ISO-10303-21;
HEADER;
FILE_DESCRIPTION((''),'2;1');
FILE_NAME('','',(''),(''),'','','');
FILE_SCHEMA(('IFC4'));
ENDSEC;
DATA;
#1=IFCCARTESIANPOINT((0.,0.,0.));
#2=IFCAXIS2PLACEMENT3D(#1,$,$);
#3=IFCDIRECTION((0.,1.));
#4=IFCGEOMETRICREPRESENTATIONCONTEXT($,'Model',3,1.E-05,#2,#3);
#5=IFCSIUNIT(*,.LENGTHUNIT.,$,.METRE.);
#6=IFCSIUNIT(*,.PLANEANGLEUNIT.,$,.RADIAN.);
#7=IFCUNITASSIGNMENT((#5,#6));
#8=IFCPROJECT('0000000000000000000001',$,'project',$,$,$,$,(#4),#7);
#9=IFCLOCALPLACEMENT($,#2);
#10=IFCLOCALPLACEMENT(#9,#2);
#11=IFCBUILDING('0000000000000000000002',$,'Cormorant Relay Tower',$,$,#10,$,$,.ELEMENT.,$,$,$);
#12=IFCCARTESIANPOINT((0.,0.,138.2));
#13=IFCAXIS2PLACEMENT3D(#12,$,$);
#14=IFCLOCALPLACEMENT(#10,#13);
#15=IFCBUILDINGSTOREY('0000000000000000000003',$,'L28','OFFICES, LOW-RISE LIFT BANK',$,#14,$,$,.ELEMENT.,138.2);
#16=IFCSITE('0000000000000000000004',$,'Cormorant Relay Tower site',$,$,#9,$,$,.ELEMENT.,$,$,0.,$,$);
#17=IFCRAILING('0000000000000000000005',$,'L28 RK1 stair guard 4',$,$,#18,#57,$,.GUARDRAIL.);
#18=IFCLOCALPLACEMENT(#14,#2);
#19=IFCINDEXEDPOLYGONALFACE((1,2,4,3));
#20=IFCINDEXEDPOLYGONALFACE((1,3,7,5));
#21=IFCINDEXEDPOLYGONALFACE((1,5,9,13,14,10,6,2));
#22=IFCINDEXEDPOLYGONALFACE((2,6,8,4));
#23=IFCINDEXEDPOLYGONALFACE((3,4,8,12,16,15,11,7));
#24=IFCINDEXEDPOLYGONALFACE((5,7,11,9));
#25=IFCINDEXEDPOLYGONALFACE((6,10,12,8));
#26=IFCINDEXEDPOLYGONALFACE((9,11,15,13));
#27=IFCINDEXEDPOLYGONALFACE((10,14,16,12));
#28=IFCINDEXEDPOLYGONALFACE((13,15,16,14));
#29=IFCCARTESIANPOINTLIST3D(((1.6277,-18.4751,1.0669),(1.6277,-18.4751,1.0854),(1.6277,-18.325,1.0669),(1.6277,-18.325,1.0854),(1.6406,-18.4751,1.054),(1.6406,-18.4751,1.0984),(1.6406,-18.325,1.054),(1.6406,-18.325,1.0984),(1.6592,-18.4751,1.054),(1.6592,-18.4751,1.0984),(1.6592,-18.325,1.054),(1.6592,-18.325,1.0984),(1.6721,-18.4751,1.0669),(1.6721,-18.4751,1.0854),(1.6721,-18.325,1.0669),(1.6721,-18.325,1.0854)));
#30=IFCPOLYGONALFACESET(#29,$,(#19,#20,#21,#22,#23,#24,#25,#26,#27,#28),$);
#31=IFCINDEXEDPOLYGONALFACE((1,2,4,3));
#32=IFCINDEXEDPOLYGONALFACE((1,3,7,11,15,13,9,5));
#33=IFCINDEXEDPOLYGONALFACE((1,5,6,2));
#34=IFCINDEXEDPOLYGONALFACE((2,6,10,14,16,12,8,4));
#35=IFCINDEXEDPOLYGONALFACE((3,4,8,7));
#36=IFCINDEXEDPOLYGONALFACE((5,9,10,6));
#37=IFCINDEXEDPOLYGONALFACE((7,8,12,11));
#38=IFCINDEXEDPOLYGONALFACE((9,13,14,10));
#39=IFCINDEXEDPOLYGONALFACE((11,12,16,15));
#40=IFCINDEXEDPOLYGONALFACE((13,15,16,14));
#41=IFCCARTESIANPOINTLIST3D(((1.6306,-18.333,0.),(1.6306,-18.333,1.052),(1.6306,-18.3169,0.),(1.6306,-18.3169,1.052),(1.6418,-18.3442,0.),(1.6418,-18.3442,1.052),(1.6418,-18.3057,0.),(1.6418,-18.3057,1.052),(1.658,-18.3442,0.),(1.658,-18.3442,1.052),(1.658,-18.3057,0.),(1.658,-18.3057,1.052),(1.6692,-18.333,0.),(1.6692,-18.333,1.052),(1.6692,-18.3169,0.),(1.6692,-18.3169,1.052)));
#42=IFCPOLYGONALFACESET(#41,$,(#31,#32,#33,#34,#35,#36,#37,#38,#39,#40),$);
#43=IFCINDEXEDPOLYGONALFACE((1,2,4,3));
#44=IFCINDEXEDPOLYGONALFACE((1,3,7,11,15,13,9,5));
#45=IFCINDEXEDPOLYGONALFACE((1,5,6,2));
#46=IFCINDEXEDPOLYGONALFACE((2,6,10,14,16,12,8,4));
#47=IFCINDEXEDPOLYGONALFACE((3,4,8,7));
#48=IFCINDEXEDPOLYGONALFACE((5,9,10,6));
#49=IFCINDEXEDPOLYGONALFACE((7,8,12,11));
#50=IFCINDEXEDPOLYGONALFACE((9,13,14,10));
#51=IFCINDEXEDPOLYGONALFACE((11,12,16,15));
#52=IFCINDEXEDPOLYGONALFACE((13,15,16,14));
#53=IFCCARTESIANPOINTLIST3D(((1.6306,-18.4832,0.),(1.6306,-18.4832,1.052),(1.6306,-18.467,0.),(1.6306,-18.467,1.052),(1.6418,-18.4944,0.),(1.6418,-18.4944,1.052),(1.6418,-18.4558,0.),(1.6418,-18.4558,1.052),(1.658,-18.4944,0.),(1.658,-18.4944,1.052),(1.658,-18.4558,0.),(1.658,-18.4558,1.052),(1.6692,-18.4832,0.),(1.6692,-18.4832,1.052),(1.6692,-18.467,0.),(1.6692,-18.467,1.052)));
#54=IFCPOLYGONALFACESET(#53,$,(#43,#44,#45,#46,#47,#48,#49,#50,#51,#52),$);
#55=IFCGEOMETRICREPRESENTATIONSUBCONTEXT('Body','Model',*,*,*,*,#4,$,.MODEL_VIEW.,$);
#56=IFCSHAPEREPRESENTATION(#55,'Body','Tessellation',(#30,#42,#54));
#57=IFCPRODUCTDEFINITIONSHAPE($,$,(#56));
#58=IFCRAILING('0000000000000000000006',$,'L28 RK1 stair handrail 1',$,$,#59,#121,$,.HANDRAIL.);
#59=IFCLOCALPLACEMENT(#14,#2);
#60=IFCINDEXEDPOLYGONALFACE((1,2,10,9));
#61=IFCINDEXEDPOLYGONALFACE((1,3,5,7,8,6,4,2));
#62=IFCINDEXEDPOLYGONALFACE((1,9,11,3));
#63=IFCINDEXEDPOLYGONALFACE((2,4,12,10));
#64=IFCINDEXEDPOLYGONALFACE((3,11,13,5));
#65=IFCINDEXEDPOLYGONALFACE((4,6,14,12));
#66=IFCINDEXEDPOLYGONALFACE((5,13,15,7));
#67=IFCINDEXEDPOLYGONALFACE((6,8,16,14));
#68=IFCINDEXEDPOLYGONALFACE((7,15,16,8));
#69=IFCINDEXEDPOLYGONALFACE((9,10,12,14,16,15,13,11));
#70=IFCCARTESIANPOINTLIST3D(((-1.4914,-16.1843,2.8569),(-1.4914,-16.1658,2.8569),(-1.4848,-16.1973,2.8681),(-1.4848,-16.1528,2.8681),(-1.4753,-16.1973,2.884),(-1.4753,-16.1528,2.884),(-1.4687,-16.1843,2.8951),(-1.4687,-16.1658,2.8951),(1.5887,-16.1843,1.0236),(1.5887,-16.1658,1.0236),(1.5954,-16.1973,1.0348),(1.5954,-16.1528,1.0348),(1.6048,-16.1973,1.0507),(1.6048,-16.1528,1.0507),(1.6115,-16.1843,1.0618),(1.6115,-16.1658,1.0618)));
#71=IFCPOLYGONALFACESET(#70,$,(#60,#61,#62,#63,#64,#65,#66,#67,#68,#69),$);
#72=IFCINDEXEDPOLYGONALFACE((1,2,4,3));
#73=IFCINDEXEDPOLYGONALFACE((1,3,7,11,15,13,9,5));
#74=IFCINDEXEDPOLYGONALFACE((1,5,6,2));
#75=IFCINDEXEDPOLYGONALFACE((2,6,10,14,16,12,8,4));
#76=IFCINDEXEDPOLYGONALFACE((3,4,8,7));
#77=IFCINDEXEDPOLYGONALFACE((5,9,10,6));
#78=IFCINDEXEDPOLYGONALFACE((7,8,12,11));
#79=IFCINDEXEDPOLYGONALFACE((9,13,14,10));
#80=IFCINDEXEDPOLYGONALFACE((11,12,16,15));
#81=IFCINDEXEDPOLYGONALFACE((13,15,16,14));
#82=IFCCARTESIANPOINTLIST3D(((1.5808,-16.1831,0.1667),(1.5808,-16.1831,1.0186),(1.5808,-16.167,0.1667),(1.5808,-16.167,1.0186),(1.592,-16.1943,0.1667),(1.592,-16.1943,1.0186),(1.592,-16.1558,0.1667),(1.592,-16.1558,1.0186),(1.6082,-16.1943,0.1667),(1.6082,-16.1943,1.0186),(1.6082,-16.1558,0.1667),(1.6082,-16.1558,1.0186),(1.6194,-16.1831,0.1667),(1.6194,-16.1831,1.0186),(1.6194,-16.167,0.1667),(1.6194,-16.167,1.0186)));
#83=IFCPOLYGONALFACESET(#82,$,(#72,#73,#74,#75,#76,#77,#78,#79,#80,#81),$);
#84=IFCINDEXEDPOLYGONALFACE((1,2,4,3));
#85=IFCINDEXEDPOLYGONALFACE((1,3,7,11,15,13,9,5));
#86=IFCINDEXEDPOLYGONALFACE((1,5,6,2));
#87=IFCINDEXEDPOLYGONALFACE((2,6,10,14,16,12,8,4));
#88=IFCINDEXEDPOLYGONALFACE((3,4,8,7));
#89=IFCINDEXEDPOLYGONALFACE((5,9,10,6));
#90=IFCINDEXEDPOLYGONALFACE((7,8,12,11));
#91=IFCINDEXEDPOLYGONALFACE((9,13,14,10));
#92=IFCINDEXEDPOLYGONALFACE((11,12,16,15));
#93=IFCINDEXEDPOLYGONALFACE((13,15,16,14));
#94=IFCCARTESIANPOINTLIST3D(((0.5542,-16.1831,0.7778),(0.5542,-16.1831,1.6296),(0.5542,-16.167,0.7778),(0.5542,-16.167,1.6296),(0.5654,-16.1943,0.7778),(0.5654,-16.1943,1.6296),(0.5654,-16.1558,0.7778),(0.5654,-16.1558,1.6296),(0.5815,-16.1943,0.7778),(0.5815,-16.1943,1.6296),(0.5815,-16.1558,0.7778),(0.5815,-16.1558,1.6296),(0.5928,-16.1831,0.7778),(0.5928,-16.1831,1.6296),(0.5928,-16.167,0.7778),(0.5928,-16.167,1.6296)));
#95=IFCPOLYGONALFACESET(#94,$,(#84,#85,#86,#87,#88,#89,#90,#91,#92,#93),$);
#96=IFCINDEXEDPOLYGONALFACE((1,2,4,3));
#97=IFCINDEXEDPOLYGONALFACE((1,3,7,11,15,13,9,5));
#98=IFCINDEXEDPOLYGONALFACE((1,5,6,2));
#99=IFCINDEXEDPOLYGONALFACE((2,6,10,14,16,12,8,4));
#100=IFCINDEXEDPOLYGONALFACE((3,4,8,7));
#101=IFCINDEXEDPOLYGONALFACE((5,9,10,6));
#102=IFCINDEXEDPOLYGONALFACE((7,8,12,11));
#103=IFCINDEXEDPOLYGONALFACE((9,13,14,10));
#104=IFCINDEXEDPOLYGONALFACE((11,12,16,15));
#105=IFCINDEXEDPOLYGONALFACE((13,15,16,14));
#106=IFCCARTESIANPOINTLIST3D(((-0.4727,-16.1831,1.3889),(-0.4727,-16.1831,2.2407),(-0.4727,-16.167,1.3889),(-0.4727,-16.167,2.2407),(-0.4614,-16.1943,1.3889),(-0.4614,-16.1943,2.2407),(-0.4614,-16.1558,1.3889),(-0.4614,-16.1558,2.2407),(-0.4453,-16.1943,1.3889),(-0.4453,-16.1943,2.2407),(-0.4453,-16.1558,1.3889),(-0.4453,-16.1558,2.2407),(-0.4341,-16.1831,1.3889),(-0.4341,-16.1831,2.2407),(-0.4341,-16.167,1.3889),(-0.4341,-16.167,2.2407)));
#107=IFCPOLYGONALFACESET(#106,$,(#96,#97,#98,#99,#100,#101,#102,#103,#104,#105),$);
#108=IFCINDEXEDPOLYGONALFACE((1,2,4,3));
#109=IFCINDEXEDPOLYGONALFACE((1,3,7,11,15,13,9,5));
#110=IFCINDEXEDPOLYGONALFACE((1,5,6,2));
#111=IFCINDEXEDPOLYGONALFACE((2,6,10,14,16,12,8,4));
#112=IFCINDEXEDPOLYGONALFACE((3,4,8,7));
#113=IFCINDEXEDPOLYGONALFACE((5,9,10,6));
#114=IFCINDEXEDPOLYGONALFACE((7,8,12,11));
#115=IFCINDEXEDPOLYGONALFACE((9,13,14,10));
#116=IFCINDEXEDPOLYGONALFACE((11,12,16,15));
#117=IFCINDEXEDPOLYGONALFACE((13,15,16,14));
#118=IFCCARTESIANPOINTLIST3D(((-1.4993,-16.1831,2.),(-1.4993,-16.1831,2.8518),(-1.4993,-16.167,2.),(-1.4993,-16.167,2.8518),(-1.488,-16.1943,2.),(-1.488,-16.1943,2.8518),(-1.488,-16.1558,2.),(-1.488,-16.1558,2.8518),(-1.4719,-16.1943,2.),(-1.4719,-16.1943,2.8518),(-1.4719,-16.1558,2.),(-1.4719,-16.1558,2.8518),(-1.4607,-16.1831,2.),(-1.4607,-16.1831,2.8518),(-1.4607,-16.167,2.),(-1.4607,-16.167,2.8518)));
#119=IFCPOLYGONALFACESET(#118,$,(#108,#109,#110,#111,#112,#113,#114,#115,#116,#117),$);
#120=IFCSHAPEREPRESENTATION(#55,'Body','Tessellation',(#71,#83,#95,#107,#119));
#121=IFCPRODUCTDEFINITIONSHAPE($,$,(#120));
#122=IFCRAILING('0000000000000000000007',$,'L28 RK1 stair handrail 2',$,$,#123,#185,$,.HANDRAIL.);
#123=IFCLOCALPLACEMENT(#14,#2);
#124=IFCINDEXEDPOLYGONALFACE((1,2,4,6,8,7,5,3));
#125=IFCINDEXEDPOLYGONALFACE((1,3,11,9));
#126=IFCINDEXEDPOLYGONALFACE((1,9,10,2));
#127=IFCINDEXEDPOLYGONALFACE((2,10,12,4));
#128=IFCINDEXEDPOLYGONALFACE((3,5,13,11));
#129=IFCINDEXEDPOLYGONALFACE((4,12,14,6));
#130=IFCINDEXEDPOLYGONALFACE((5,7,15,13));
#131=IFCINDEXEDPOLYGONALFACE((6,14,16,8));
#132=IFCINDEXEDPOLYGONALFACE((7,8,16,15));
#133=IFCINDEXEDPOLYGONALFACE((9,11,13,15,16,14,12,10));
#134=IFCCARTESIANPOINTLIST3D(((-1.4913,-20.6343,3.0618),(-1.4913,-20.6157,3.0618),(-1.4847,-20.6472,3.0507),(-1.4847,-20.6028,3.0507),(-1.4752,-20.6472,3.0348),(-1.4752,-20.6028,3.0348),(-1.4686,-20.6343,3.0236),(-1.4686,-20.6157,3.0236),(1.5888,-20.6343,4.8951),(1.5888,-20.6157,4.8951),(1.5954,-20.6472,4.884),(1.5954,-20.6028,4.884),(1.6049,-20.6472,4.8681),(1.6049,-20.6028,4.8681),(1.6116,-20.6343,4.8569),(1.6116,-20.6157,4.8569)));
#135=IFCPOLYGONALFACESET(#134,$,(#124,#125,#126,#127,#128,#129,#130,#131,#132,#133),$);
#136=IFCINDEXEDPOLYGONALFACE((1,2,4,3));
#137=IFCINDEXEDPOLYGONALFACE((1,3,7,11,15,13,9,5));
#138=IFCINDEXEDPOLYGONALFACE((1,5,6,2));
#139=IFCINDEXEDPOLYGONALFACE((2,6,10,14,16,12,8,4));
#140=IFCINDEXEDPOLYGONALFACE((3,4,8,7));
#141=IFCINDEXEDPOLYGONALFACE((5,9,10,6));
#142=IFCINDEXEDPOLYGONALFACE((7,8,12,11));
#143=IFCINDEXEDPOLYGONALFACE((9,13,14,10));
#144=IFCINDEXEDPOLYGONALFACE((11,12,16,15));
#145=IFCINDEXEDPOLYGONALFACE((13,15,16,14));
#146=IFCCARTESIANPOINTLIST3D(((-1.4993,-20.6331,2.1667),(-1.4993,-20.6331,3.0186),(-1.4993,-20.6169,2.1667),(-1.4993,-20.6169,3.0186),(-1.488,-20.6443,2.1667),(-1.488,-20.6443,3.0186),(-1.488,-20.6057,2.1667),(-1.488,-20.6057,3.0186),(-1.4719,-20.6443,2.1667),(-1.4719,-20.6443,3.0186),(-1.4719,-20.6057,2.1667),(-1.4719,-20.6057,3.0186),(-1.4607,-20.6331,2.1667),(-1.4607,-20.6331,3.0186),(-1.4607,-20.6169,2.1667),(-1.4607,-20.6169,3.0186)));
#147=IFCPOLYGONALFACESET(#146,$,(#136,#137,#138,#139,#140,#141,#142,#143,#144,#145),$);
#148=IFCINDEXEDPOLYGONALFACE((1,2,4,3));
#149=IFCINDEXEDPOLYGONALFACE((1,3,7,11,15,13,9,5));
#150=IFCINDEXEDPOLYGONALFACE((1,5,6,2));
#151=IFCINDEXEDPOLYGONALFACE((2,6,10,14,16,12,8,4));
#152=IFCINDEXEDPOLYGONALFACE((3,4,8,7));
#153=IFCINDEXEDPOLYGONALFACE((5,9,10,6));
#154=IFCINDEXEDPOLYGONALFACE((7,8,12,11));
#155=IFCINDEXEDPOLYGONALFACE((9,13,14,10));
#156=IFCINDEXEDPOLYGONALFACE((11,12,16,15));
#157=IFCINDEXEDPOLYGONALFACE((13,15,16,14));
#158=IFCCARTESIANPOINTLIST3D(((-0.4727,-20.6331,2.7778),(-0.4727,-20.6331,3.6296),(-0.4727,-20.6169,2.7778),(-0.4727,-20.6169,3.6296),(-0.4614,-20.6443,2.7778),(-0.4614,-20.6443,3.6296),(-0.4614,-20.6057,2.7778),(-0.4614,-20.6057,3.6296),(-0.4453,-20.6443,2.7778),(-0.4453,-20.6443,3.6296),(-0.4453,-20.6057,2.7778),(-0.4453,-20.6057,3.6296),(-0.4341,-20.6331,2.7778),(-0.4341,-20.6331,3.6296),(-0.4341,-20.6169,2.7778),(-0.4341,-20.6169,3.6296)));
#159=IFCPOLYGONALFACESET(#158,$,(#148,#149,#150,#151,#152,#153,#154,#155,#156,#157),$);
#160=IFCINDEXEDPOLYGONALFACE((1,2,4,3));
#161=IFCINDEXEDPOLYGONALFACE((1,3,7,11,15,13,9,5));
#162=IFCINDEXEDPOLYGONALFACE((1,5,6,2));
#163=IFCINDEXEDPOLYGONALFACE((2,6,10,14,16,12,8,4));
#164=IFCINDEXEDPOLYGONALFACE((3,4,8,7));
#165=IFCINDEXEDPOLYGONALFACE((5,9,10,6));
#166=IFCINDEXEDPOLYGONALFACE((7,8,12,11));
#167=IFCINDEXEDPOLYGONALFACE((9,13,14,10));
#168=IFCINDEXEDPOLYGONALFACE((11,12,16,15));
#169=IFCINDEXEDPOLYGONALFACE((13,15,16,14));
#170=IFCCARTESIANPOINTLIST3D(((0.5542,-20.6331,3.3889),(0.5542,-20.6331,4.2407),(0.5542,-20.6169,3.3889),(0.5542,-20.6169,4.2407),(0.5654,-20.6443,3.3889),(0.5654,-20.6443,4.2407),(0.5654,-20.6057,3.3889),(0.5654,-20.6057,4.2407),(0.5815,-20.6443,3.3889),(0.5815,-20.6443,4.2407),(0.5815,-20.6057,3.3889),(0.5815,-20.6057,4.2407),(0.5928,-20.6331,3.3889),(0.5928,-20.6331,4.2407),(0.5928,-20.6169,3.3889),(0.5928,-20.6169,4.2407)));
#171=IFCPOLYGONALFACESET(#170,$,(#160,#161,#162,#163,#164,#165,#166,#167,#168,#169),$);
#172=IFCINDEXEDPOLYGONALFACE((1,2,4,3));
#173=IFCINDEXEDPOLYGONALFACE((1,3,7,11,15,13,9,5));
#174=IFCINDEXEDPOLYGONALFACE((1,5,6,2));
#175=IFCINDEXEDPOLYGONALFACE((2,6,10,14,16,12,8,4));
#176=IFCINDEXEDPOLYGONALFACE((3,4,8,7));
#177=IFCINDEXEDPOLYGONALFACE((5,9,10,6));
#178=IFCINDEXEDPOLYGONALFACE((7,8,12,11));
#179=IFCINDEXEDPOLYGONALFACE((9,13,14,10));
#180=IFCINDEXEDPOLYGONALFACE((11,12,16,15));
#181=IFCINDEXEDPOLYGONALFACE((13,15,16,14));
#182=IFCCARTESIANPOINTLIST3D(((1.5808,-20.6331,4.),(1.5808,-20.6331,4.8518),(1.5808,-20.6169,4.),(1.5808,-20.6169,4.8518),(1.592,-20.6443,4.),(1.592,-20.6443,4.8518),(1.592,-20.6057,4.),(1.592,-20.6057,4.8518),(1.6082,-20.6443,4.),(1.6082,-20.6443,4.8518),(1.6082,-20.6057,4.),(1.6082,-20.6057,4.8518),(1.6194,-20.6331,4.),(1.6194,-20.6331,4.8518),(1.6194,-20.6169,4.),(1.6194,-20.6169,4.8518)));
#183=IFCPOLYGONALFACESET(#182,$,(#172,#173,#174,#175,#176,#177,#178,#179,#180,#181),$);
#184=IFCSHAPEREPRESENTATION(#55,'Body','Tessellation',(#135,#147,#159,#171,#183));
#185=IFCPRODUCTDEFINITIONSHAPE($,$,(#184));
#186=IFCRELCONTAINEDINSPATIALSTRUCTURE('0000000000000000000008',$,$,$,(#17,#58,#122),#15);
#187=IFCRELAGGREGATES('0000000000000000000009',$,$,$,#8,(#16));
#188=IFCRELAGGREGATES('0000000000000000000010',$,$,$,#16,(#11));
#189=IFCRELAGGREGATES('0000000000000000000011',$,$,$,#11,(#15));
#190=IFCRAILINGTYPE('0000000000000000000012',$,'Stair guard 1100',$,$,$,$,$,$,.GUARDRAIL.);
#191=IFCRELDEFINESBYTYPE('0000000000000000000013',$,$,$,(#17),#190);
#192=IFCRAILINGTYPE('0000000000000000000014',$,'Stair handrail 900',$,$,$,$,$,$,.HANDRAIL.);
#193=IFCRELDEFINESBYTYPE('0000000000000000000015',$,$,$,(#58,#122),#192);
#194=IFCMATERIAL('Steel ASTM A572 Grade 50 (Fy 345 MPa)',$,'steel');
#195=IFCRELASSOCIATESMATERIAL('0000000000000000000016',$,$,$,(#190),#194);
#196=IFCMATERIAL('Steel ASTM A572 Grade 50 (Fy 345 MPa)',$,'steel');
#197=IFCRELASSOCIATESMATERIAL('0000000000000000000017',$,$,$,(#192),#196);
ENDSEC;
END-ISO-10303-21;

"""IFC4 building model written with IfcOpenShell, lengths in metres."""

from ifc_helpers import new_model, si_unit, direction, frame, origin, place, context, subcontext, project, spatial, polyline, outline, extrude, material, type_object, element, save


model = new_model("IFC4")

# Units and contexts
model_context = context("Model", 3, precision=1e-05, world=origin(), true_north=direction((0.0, 1.0)))
body_context = subcontext(model_context, "Body", "Model", "MODEL_VIEW")
ifc_project = project(units=[si_unit("LENGTHUNIT", "METRE"), si_unit("PLANEANGLEUNIT", "RADIAN")], contexts=[model_context])

# Site, building, storey
site_placement = place(None, origin())
site = spatial("IfcSite", under=ifc_project, at=site_placement, Name="Cormorant Relay Tower site", CompositionType="ELEMENT", RefElevation=0.0)
building_placement = place(site_placement, origin())
building = spatial("IfcBuilding", under=site, at=building_placement, Name="Cormorant Relay Tower", CompositionType="ELEMENT")
storey_placement = place(building_placement, frame((0.0, 0.0, 138.2)))
storey = spatial("IfcBuildingStorey", under=building, at=storey_placement, Name="L28", Description="OFFICES, LOW-RISE LIFT BANK", CompositionType="ELEMENT", Elevation=138.2)

# Railings
ifc_material_1 = material(Name="Steel ASTM A572 Grade 50 (Fy 345 MPa)", Category="steel")
railing_type_1 = type_object("IfcRailingType", Name="Stair guard 1100", PredefinedType="GUARDRAIL", material=ifc_material_1)
railing_1_placement = place(storey_placement, frame((1.6499, -18.325, 0.0)))
element("IfcRailing", 1, at=railing_1_placement, inside=storey, type_object=railing_type_1, Name="L28 RK1 stair guard 4", PredefinedType="GUARDRAIL", context=body_context, shape_type="SweptSolid", body=[
    extrude(outline(polyline([(0.0222, 0.0093), (0.0093, 0.0222), (-0.0093, 0.0222), (-0.0222, 0.0093), (-0.0222, -0.0093), (-0.0093, -0.0222), (0.0093, -0.0222), (0.0222, -0.0093), (0.0222, 0.0093)])), frame((0.0, 0.0, 1.0762), z_axis=(0.0, -1.0, 0.0), x_axis=(1.0, 0.0, 0.0)), (0.0, 0.0, 1.0), 0.1501),
    extrude(outline(polyline([(0.0193, 0.0081), (0.0081, 0.0193), (-0.0081, 0.0193), (-0.0193, 0.0081), (-0.0193, -0.0081), (-0.0081, -0.0193), (0.0081, -0.0193), (0.0193, -0.0081), (0.0193, 0.0081)])), origin(), (0.0, 0.0, 1.0), 1.052),
    extrude(outline(polyline([(0.0193, 0.0081), (0.0081, 0.0193), (-0.0081, 0.0193), (-0.0193, 0.0081), (-0.0193, -0.0081), (-0.0081, -0.0193), (0.0081, -0.0193), (0.0193, -0.0081), (0.0193, 0.0081)])), frame((0.0, -0.1501, 0.0)), (0.0, 0.0, 1.0), 1.052),
])
ifc_material_2 = material(Name="Steel ASTM A572 Grade 50 (Fy 345 MPa)", Category="steel")
railing_type_2 = type_object("IfcRailingType", Name="Stair handrail 900", PredefinedType="HANDRAIL", material=ifc_material_2)
railing_2_placement = place(storey_placement, frame((1.6001, -16.175, 0.1667)))
element("IfcRailing", 2, at=railing_2_placement, inside=storey, type_object=railing_type_2, Name="L28 RK1 stair handrail 1", PredefinedType="HANDRAIL", context=body_context, shape_type="SweptSolid", body=[
    extrude(outline(polyline([(0.0222, 0.0093), (0.0093, 0.0222), (-0.0093, 0.0222), (-0.0222, 0.0093), (-0.0222, -0.0093), (-0.0093, -0.0222), (0.0093, -0.0222), (0.0222, -0.0093), (0.0222, 0.0093)])), frame((0.0, 0.0, 0.876), z_axis=(-0.859309, 0.0, 0.511458), x_axis=(0.0, -1.0, 0.0)), (0.0, 0.0, 1.0), 3.5845),
    extrude(outline(polyline([(0.0193, 0.0081), (0.0081, 0.0193), (-0.0081, 0.0193), (-0.0193, 0.0081), (-0.0193, -0.0081), (-0.0081, -0.0193), (0.0081, -0.0193), (0.0193, -0.0081), (0.0193, 0.0081)])), origin(), (0.0, 0.0, 1.0), 0.8518),
    extrude(outline(polyline([(0.0193, 0.0081), (0.0081, 0.0193), (-0.0081, 0.0193), (-0.0193, 0.0081), (-0.0193, -0.0081), (-0.0081, -0.0193), (0.0081, -0.0193), (0.0193, -0.0081), (0.0193, 0.0081)])), frame((-1.0266, 0.0, 0.6111)), (0.0, 0.0, 1.0), 0.8518),
    extrude(outline(polyline([(0.0193, 0.0081), (0.0081, 0.0193), (-0.0081, 0.0193), (-0.0193, 0.0081), (-0.0193, -0.0081), (-0.0081, -0.0193), (0.0081, -0.0193), (0.0193, -0.0081), (0.0193, 0.0081)])), frame((-2.0535, 0.0, 1.2222)), (0.0, 0.0, 1.0), 0.8518),
    extrude(outline(polyline([(0.0193, 0.0081), (0.0081, 0.0193), (-0.0081, 0.0193), (-0.0193, 0.0081), (-0.0193, -0.0081), (-0.0081, -0.0193), (0.0081, -0.0193), (0.0193, -0.0081), (0.0193, 0.0081)])), frame((-3.0801, 0.0, 1.8333)), (0.0, 0.0, 1.0), 0.8518),
])
railing_3_placement = place(storey_placement, frame((-1.48, -20.625, 2.1667)))
element("IfcRailing", 3, at=railing_3_placement, inside=storey, type_object=railing_type_2, Name="L28 RK1 stair handrail 2", PredefinedType="HANDRAIL", context=body_context, shape_type="SweptSolid", body=[
    extrude(outline(polyline([(0.0222, 0.0093), (0.0093, 0.0222), (-0.0093, 0.0222), (-0.0222, 0.0093), (-0.0222, -0.0093), (-0.0093, -0.0222), (0.0093, -0.0222), (0.0222, -0.0093), (0.0222, 0.0093)])), frame((0.0, 0.0, 0.876), z_axis=(0.859309, 0.0, 0.511458), x_axis=(0.0, 1.0, 0.0)), (0.0, 0.0, 1.0), 3.5845),
    extrude(outline(polyline([(0.0193, 0.0081), (0.0081, 0.0193), (-0.0081, 0.0193), (-0.0193, 0.0081), (-0.0193, -0.0081), (-0.0081, -0.0193), (0.0081, -0.0193), (0.0193, -0.0081), (0.0193, 0.0081)])), origin(), (0.0, 0.0, 1.0), 0.8518),
    extrude(outline(polyline([(0.0193, 0.0081), (0.0081, 0.0193), (-0.0081, 0.0193), (-0.0193, 0.0081), (-0.0193, -0.0081), (-0.0081, -0.0193), (0.0081, -0.0193), (0.0193, -0.0081), (0.0193, 0.0081)])), frame((1.0266, 0.0, 0.6111)), (0.0, 0.0, 1.0), 0.8518),
    extrude(outline(polyline([(0.0193, 0.0081), (0.0081, 0.0193), (-0.0081, 0.0193), (-0.0193, 0.0081), (-0.0193, -0.0081), (-0.0081, -0.0193), (0.0081, -0.0193), (0.0193, -0.0081), (0.0193, 0.0081)])), frame((2.0535, 0.0, 1.2222)), (0.0, 0.0, 1.0), 0.8518),
    extrude(outline(polyline([(0.0193, 0.0081), (0.0081, 0.0193), (-0.0081, 0.0193), (-0.0193, 0.0081), (-0.0193, -0.0081), (-0.0081, -0.0193), (0.0081, -0.0193), (0.0193, -0.0081), (0.0193, 0.0081)])), frame((3.0801, 0.0, 1.8333)), (0.0, 0.0, 1.0), 0.8518),
])

save(model, "model.ifc")
